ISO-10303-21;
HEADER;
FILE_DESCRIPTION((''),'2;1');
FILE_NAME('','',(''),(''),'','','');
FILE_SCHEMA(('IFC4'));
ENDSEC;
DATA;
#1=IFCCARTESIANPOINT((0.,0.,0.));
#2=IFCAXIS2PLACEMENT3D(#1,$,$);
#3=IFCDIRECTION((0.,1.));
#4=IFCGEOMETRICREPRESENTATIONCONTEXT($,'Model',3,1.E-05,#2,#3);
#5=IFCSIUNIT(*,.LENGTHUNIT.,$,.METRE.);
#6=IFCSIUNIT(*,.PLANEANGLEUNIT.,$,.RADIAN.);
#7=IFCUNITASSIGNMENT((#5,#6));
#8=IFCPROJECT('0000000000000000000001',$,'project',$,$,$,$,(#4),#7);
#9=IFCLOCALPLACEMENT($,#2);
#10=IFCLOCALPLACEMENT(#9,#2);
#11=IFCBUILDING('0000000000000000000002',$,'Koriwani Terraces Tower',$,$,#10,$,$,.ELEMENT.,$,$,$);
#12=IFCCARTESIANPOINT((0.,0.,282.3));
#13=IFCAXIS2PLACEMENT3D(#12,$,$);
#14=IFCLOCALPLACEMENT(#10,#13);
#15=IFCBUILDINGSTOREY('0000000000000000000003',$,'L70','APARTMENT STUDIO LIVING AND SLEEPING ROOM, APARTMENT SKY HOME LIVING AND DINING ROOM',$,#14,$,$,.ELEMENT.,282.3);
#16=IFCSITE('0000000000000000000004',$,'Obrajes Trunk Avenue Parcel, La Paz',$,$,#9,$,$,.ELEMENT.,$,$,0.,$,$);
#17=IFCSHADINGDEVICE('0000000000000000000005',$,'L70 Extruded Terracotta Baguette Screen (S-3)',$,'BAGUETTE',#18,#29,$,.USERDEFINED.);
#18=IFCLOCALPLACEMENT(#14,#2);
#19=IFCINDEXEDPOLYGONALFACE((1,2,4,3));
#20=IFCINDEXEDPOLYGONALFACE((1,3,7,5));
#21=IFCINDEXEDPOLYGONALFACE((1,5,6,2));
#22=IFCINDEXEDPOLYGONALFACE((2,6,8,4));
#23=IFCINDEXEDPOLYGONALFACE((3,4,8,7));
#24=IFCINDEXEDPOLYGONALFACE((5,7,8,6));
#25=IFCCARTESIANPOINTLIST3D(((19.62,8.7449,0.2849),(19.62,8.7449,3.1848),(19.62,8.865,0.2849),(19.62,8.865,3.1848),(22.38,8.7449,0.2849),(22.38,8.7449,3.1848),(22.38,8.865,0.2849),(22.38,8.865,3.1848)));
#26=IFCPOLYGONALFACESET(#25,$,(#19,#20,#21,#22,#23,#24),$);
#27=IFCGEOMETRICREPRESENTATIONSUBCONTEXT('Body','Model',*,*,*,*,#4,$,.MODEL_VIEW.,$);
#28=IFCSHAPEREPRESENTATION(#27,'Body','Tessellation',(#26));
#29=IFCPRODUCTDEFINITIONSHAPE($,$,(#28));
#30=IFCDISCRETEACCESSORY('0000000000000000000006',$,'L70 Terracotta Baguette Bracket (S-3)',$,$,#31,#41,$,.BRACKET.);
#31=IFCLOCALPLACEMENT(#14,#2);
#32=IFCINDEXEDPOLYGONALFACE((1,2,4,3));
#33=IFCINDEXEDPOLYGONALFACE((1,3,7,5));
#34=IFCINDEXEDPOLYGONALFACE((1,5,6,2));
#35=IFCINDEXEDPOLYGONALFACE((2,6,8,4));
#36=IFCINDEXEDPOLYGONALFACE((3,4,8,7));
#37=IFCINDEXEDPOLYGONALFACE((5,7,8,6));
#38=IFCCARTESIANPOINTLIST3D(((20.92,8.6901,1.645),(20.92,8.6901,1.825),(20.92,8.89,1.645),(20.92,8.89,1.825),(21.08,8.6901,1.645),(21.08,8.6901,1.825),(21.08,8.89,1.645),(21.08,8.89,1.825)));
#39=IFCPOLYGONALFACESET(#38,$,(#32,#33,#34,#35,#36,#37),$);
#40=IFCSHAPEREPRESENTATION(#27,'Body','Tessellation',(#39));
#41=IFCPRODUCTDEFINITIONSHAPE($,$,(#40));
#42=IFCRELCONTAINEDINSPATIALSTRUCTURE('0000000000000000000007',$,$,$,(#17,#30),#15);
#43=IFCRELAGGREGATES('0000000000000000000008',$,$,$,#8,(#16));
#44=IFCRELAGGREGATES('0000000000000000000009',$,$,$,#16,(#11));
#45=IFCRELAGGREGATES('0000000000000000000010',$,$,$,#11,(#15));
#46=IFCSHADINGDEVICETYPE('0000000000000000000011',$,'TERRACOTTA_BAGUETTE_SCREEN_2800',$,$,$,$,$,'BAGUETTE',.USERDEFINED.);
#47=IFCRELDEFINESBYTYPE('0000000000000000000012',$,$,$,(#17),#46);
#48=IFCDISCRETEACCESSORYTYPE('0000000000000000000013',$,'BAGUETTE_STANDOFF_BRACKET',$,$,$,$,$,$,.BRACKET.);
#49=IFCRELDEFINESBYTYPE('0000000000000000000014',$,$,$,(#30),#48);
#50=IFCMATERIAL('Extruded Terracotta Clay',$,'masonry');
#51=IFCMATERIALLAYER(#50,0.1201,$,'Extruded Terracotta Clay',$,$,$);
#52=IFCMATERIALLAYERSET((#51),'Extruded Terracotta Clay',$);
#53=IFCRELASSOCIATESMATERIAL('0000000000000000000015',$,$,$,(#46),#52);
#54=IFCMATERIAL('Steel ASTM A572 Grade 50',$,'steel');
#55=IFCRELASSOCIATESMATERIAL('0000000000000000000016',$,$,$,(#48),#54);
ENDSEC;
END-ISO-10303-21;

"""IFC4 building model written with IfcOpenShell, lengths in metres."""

from ifc_helpers import new_model, si_unit, direction, frame, origin, origin_2d, place, context, subcontext, project, spatial, rectangle, extrude, material, layer, layer_set, type_object, element, save


model = new_model("IFC4")

# Units and contexts
model_context = context("Model", 3, precision=1e-05, world=origin(), true_north=direction((0.0, 1.0)))
body_context = subcontext(model_context, "Body", "Model", "MODEL_VIEW")
ifc_project = project(units=[si_unit("LENGTHUNIT", "METRE"), si_unit("PLANEANGLEUNIT", "RADIAN")], contexts=[model_context])

# Site, building, storey
site_placement = place(None, origin())
site = spatial("IfcSite", under=ifc_project, at=site_placement, Name="Obrajes Trunk Avenue Parcel, La Paz", CompositionType="ELEMENT", RefElevation=0.0)
building_placement = place(site_placement, origin())
building = spatial("IfcBuilding", under=site, at=building_placement, Name="Koriwani Terraces Tower", CompositionType="ELEMENT")
storey_placement = place(building_placement, frame((0.0, 0.0, 282.3)))
storey = spatial("IfcBuildingStorey", under=building, at=storey_placement, Name="L70", Description="APARTMENT STUDIO LIVING AND SLEEPING ROOM, APARTMENT SKY HOME LIVING AND DINING ROOM", CompositionType="ELEMENT", Elevation=282.3)

# Shared definitions
ifc_material_1 = material(Name="Steel ASTM A572 Grade 50", Category="steel")

# Shading device
ifc_material_2 = material(Name="Extruded Terracotta Clay", Category="masonry")
ifc_layer_1 = layer(ifc_material_2, 0.1201, Name="Extruded Terracotta Clay")
ifc_layer_set_1 = layer_set([ifc_layer_1], Name="Extruded Terracotta Clay")
shading_device_type = type_object("IfcShadingDeviceType", Name="TERRACOTTA_BAGUETTE_SCREEN_2800", ElementType="BAGUETTE", PredefinedType="USERDEFINED", material=ifc_layer_set_1)
shading_device_placement = place(storey_placement, frame((21.0, 8.8049, 0.2849), z_axis=(0.0, 0.0, 1.0), x_axis=(-1.0, 0.0, 0.0)))
element("IfcShadingDevice", 1, at=shading_device_placement, inside=storey, type_object=shading_device_type, Name="L70 Extruded Terracotta Baguette Screen (S-3)", ObjectType="BAGUETTE", PredefinedType="USERDEFINED", context=body_context, shape_type="SweptSolid", body=[
    extrude(rectangle(XDim=2.76, YDim=0.1201, at=origin_2d()), origin(), (0.0, 0.0, 1.0), 2.8999),
])

# Discrete accessory
discrete_accessory_type = type_object("IfcDiscreteAccessoryType", Name="BAGUETTE_STANDOFF_BRACKET", PredefinedType="BRACKET", material=ifc_material_1)
discrete_accessory_placement = place(storey_placement, frame((21.0, 8.79, 1.645), z_axis=(0.0, 0.0, 1.0), x_axis=(-1.0, 0.0, 0.0)))
element("IfcDiscreteAccessory", 2, at=discrete_accessory_placement, inside=storey, type_object=discrete_accessory_type, Name="L70 Terracotta Baguette Bracket (S-3)", PredefinedType="BRACKET", context=body_context, shape_type="SweptSolid", body=[
    extrude(rectangle(XDim=0.1599, YDim=0.2, at=origin_2d()), origin(), (0.0, 0.0, 1.0), 0.1799),
])

save(model, "model.ifc")
